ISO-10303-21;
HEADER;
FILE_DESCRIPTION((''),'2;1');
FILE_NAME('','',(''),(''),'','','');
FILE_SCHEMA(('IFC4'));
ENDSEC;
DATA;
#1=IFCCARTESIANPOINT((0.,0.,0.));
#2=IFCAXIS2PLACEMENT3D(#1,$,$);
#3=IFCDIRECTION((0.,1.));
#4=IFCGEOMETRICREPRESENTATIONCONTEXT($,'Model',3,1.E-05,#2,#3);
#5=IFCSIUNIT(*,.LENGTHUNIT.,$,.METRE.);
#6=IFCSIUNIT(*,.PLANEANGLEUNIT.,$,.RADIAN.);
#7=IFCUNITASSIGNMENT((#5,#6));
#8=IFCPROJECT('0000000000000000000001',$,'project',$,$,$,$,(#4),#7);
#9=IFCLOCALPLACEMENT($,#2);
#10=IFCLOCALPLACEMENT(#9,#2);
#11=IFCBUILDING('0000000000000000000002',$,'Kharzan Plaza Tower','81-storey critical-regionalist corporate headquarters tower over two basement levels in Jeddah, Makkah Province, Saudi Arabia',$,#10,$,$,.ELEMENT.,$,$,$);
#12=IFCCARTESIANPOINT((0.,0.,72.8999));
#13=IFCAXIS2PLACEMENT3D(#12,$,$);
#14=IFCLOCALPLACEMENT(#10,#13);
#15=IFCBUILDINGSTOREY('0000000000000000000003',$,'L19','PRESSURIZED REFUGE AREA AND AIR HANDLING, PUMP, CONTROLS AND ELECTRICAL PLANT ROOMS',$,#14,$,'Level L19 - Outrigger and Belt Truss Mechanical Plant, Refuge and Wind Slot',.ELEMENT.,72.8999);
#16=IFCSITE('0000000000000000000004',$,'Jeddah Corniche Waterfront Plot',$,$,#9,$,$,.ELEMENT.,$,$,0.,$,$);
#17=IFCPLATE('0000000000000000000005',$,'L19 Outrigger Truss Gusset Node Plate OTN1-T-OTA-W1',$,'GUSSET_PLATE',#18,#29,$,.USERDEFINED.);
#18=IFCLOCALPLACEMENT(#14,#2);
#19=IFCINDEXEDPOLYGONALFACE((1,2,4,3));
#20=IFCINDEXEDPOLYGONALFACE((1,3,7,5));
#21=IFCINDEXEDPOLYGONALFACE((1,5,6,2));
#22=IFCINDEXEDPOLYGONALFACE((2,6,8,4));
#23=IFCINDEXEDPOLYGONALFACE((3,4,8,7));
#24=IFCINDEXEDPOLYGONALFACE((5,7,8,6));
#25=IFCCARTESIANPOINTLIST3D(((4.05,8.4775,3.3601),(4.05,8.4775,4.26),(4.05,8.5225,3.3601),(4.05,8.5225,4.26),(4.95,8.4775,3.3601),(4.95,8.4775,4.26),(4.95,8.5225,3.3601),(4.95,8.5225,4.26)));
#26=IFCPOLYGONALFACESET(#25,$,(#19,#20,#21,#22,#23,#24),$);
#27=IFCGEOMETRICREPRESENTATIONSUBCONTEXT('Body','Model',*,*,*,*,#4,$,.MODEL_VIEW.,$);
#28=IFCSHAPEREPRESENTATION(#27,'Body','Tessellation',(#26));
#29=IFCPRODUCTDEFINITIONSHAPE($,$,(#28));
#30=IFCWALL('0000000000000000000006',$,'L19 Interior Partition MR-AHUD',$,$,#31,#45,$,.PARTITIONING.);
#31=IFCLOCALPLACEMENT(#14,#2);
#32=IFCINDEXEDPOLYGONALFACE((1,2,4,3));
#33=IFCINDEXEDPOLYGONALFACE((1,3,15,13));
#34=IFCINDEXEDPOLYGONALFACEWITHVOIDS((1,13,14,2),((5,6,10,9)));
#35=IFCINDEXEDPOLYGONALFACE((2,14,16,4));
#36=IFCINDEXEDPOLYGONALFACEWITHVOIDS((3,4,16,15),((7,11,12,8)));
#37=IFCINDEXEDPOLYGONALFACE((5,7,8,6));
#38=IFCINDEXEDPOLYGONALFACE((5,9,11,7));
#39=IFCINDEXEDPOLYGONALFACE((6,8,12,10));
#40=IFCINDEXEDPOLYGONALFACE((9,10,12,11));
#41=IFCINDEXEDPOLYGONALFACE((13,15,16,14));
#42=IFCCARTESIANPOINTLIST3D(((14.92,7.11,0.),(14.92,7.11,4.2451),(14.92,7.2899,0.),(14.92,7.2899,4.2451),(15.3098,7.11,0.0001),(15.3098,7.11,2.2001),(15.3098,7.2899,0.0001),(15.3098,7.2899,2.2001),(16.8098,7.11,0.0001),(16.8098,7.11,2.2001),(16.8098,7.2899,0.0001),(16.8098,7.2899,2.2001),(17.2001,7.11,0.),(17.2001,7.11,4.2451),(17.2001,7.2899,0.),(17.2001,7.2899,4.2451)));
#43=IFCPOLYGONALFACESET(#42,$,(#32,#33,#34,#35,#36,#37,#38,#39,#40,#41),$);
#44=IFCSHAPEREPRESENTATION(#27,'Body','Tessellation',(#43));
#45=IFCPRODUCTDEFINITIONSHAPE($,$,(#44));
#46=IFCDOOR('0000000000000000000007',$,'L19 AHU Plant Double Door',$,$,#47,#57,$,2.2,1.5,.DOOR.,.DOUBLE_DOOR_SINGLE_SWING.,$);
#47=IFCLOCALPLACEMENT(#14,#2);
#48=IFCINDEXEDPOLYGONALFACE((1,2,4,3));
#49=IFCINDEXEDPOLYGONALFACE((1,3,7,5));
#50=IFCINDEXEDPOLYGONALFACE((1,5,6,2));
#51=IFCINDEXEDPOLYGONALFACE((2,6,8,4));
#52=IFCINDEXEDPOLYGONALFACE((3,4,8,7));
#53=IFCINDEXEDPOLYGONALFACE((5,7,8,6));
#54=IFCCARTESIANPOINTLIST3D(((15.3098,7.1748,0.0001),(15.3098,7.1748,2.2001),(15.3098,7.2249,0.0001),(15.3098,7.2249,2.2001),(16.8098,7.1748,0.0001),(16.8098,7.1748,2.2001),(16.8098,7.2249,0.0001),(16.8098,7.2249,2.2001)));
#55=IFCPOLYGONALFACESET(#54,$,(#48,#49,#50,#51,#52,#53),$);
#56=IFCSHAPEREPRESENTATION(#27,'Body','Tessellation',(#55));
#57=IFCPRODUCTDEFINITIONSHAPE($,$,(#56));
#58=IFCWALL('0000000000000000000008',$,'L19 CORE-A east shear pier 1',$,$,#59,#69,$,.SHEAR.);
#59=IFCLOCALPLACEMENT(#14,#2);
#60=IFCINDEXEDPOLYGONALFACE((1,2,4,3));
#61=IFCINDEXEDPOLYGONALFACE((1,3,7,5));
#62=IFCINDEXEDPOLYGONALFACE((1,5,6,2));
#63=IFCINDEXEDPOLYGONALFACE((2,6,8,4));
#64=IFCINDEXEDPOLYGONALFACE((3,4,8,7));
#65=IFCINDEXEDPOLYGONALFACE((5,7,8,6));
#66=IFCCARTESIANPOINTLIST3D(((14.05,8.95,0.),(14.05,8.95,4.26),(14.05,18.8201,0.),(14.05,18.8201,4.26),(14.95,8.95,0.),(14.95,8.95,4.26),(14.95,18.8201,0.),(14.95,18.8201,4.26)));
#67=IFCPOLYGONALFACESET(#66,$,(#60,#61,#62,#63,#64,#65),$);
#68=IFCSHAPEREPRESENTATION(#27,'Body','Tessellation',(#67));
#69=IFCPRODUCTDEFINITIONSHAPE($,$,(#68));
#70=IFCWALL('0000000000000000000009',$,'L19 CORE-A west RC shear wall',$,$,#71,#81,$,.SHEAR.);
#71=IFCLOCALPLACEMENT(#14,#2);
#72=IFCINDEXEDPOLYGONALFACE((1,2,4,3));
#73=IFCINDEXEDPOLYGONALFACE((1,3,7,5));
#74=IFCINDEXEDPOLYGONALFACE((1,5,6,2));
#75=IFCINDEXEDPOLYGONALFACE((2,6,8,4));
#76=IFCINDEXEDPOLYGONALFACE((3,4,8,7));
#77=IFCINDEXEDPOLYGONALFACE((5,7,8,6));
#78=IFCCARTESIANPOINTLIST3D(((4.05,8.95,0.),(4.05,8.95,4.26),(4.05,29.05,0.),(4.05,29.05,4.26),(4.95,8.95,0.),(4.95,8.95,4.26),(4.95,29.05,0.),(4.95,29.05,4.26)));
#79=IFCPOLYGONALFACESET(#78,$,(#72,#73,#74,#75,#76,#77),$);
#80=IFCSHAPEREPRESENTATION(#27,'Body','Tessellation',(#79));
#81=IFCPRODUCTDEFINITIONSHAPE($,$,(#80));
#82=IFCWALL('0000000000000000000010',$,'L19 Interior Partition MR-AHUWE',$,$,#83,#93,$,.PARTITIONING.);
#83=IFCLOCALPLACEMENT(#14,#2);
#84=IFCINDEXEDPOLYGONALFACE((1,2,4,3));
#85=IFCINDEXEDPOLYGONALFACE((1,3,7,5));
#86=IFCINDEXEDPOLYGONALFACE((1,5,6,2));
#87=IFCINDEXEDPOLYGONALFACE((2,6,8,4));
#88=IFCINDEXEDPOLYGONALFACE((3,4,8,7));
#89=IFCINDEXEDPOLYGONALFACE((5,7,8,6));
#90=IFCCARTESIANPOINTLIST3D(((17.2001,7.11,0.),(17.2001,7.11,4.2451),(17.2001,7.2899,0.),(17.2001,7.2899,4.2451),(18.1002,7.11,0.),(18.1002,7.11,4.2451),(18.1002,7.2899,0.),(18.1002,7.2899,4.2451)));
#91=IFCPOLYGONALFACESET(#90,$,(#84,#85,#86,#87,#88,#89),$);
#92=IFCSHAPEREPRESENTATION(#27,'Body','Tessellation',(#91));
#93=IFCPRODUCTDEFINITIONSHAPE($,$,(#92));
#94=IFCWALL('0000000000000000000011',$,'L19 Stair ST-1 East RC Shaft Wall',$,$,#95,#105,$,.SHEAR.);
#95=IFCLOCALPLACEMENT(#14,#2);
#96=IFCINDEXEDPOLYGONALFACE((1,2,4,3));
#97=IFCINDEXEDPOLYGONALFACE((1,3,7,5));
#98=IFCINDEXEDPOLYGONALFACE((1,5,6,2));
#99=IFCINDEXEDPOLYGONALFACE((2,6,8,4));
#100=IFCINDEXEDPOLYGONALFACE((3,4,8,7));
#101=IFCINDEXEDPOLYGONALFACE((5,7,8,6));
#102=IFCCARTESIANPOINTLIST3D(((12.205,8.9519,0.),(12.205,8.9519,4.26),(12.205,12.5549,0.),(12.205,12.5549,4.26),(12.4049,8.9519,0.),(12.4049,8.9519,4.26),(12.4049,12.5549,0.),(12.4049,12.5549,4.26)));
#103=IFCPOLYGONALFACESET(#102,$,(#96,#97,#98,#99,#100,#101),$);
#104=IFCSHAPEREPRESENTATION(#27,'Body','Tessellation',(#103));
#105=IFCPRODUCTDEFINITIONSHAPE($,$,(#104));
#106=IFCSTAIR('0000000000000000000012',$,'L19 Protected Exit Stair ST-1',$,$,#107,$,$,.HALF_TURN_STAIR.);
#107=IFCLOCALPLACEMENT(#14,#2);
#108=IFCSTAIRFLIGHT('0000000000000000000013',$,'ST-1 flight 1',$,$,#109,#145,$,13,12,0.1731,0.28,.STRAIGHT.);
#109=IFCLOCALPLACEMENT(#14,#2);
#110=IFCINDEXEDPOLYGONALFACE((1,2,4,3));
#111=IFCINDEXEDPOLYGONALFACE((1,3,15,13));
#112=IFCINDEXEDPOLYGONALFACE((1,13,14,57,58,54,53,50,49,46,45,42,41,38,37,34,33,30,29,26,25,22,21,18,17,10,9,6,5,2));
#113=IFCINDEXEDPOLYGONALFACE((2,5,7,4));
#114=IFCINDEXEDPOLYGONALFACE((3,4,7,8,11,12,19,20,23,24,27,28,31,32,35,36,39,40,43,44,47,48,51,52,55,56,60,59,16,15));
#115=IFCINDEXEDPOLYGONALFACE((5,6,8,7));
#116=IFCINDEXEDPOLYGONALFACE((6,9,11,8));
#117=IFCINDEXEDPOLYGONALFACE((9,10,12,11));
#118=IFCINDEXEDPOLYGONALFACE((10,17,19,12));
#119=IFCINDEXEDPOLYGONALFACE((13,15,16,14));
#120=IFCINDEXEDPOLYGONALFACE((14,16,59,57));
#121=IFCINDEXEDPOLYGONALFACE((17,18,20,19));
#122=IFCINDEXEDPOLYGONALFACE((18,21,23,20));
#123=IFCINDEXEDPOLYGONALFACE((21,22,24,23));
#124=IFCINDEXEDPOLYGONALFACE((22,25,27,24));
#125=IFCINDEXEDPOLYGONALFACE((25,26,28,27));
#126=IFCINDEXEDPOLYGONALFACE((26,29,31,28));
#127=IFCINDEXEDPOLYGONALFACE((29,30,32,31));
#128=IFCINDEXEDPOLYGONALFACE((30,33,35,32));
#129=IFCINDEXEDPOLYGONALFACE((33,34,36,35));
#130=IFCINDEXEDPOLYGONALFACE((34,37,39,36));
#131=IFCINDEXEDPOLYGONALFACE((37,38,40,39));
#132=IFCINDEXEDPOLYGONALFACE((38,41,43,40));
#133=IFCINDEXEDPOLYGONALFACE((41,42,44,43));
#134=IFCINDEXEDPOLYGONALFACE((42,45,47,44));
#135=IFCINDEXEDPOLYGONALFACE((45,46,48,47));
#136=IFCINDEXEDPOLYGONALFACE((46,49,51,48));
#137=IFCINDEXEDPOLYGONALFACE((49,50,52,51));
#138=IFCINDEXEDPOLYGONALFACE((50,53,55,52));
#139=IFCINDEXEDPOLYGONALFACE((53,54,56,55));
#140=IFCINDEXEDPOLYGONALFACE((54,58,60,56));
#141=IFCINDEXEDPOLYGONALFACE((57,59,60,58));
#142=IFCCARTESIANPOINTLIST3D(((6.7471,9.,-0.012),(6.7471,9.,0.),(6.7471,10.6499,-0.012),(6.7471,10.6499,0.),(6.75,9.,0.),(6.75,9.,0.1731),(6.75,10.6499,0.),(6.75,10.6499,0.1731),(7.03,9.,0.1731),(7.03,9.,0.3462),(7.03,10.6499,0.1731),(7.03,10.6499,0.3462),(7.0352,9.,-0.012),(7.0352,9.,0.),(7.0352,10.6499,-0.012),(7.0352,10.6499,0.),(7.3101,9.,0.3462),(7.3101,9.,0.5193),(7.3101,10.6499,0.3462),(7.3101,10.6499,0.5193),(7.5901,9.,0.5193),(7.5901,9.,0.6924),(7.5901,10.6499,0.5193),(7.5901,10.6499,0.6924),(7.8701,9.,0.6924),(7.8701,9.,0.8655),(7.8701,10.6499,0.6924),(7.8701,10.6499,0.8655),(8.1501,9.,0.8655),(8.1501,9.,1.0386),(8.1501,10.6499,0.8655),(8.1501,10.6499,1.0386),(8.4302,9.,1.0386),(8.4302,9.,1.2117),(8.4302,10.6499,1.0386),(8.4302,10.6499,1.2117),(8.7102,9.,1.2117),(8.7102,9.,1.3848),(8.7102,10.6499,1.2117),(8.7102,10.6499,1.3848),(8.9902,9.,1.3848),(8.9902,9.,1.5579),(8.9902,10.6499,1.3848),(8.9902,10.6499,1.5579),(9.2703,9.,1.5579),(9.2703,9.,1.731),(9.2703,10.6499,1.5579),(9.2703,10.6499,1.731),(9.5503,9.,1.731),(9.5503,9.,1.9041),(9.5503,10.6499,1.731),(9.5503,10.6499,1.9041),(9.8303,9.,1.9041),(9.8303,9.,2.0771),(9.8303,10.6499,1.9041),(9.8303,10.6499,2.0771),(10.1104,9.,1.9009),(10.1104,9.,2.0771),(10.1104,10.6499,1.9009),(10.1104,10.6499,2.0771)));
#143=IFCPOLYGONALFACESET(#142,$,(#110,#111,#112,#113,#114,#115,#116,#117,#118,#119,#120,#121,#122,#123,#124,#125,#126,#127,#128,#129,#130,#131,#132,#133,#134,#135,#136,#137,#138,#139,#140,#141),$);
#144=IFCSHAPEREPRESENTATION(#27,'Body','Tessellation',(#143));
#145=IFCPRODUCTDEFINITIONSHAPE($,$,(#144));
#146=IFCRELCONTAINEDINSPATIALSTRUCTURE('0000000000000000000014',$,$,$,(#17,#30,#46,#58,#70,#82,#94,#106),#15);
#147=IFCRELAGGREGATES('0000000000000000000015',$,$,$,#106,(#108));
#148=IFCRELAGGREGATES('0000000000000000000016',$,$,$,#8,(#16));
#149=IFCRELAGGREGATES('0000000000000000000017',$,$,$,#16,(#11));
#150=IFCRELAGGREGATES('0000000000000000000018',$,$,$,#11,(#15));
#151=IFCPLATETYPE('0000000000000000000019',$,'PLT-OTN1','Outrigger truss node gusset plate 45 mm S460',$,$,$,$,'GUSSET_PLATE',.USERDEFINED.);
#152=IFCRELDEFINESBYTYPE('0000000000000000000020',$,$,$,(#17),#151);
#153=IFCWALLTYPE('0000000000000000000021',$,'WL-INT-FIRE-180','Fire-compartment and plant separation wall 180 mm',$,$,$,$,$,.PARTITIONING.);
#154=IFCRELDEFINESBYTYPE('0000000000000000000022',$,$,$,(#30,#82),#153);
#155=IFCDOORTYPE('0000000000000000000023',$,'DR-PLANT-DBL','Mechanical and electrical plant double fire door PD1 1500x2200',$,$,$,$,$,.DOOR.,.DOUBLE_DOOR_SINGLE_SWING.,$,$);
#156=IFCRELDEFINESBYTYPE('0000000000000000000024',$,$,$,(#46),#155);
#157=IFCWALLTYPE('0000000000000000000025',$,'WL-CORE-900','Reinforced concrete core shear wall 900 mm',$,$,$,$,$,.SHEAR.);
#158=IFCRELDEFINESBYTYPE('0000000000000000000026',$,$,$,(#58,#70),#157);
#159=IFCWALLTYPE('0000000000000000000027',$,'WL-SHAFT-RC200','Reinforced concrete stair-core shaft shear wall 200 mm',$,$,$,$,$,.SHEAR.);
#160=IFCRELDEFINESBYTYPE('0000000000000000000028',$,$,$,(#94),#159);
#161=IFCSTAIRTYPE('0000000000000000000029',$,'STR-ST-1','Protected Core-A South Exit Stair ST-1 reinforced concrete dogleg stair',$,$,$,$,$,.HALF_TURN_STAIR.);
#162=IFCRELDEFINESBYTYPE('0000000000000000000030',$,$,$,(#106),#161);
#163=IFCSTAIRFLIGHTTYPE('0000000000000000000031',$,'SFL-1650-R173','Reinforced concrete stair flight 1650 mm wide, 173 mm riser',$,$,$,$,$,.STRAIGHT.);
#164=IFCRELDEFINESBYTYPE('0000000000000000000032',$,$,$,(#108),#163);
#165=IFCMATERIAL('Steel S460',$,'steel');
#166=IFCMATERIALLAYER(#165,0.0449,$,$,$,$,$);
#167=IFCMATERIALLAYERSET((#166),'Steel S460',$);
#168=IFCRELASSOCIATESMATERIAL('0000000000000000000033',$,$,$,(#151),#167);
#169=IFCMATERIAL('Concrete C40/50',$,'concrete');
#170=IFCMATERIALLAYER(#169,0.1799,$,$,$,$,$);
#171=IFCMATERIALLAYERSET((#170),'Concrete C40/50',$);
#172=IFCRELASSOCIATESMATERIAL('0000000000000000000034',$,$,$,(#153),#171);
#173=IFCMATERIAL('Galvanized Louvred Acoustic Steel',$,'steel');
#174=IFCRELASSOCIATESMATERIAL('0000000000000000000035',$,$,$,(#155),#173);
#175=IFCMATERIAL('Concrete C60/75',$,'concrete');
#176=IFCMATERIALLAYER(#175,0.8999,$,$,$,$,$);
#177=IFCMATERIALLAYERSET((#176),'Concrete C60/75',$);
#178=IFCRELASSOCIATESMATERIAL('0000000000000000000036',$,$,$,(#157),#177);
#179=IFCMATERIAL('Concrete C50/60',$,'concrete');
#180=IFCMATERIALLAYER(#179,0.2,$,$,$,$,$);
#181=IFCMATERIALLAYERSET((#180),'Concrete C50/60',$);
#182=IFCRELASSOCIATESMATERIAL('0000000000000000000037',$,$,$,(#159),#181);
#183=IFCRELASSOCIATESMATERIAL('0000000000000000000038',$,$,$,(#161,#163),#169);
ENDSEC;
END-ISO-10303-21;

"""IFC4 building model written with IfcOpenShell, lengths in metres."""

from ifc_helpers import new_model, si_unit, direction, frame, frame_2d, origin, origin_2d, place, context, subcontext, project, spatial, polyline, rectangle, outline, extrude, source, transform, mapped, material, layer, layer_set, type_object, element, fill, aggregate, save


model = new_model("IFC4")

# Units and contexts
model_context = context("Model", 3, precision=1e-05, world=origin(), true_north=direction((0.0, 1.0)))
body_context = subcontext(model_context, "Body", "Model", "MODEL_VIEW")
ifc_project = project(units=[si_unit("LENGTHUNIT", "METRE"), si_unit("PLANEANGLEUNIT", "RADIAN")], contexts=[model_context])

# Site, building, storey
site_placement = place(None, origin())
site = spatial("IfcSite", under=ifc_project, at=site_placement, Name="Jeddah Corniche Waterfront Plot", CompositionType="ELEMENT", RefElevation=0.0)
building_placement = place(site_placement, origin())
building = spatial("IfcBuilding", under=site, at=building_placement, Name="Kharzan Plaza Tower", Description="81-storey critical-regionalist corporate headquarters tower over two basement levels in Jeddah, Makkah Province, Saudi Arabia", CompositionType="ELEMENT")
storey_placement = place(building_placement, frame((0.0, 0.0, 72.8999)))
storey = spatial("IfcBuildingStorey", under=building, at=storey_placement, Name="L19", Description="PRESSURIZED REFUGE AREA AND AIR HANDLING, PUMP, CONTROLS AND ELECTRICAL PLANT ROOMS", LongName="Level L19 - Outrigger and Belt Truss Mechanical Plant, Refuge and Wind Slot", CompositionType="ELEMENT", Elevation=72.8999)

# Shared definitions
ifc_material_1 = material(Name="Concrete C60/75", Category="concrete")

# Plate
ifc_material_2 = material(Name="Steel S460", Category="steel")
ifc_layer_1 = layer(ifc_material_2, 0.0449)
ifc_layer_set_1 = layer_set([ifc_layer_1], Name="Steel S460")
plate_type_1 = type_object("IfcPlateType", Name="PLT-OTN1", Description="Outrigger truss node gusset plate 45 mm S460", ElementType="GUSSET_PLATE", PredefinedType="USERDEFINED", material=ifc_layer_set_1)
shared_shape_1 = source(origin(), body_context, "Body", "SweptSolid", [
    extrude(rectangle(XDim=0.8999, YDim=0.0449, at=origin_2d()), origin(), (0.0, 0.0, 1.0), 0.8999),
])
for number, where, z_axis, x_axis, name in (
    (1, (4.5, 8.5, 3.3601), (0.0, 0.0, 1.0), (-1.0, 0.0, 0.0), "L19 Outrigger Truss Gusset Node Plate OTN1-T-OTA-W1"),
):
    element("IfcPlate", number, at=place(storey_placement, frame(where, z_axis=z_axis, x_axis=x_axis)), inside=storey, type_object=plate_type_1, Name=name, ObjectType="GUSSET_PLATE", PredefinedType="USERDEFINED", context=body_context, shape_type="MappedRepresentation", body=[
        mapped(shared_shape_1, transform((0.0, 0.0, 0.0), x_axis=(1.0, 0.0, 0.0), y_axis=(0.0, 1.0, 0.0), z_axis=(0.0, 0.0, 1.0))),
    ])

# Wall, opening, door
ifc_material_3 = material(Name="Concrete C40/50", Category="concrete")
ifc_layer_2 = layer(ifc_material_3, 0.1799)
ifc_layer_set_2 = layer_set([ifc_layer_2], Name="Concrete C40/50")
wall_type_1 = type_object("IfcWallType", Name="WL-INT-FIRE-180", Description="Fire-compartment and plant separation wall 180 mm", PredefinedType="PARTITIONING", material=ifc_layer_set_2)
wall_1_placement = place(storey_placement, frame((14.9199, 7.2, 0.0), z_axis=(0.0, 0.0, 1.0), x_axis=(1.0, 0.0, 0.0)))
wall_1 = element("IfcWall", 2, at=wall_1_placement, inside=storey, type_object=wall_type_1, Name="L19 Interior Partition MR-AHUD", PredefinedType="PARTITIONING", context=body_context, shape_type="SweptSolid", body=[
    extrude(rectangle(XDim=2.28, YDim=0.1799, at=frame_2d((1.1401, 0.0))), origin(), (0.0, 0.0, 1.0), 4.2451),
])
opening_placement = place(wall_1_placement, frame((0.3899, 0.0, 0.0)))
opening = element("IfcOpeningElement", 3, at=opening_placement, cuts=wall_1, PredefinedType="OPENING", context=body_context, shape_type="SweptSolid", body=[
    extrude(rectangle(XDim=1.5, YDim=2.2, at=frame_2d((0.75, 1.1001))), frame((0.0, 0.0999, 0.0), z_axis=(0.0, -1.0, 0.0), x_axis=(1.0, 0.0, 0.0)), (0.0, 0.0, 1.0), 0.2),
])
ifc_material_4 = material(Name="Galvanized Louvred Acoustic Steel", Category="steel")
door_type = type_object("IfcDoorType", Name="DR-PLANT-DBL", Description="Mechanical and electrical plant double fire door PD1 1500x2200", OperationType="DOUBLE_DOOR_SINGLE_SWING", PredefinedType="DOOR", material=ifc_material_4)
shared_shape_2 = source(origin(), body_context, "Body", "SweptSolid", [
    extrude(rectangle(XDim=1.5, YDim=2.2, at=frame_2d((0.75, 1.1001))), frame((0.0, 0.0249, 0.0), z_axis=(0.0, -1.0, 0.0), x_axis=(1.0, 0.0, 0.0)), (0.0, 0.0, 1.0), 0.05),
])
door_placement = place(opening_placement, origin())
door = element("IfcDoor", 4, at=door_placement, inside=storey, type_object=door_type, Name="L19 AHU Plant Double Door", OperationType="DOUBLE_DOOR_SINGLE_SWING", OverallHeight=2.2, OverallWidth=1.5, PredefinedType="DOOR", context=body_context, shape_type="MappedRepresentation", body=[
    mapped(shared_shape_2, transform((0.0, 0.0, 0.0), x_axis=(1.0, 0.0, 0.0), y_axis=(0.0, 1.0, 0.0), z_axis=(0.0, 0.0, 1.0))),
])
fill(opening, door)

# Walls
ifc_layer_3 = layer(ifc_material_1, 0.8999)
ifc_layer_set_3 = layer_set([ifc_layer_3], Name="Concrete C60/75")
wall_type_2 = type_object("IfcWallType", Name="WL-CORE-900", Description="Reinforced concrete core shear wall 900 mm", PredefinedType="SHEAR", material=ifc_layer_set_3)
shared_shape_3 = source(origin(), body_context, "Body", "SweptSolid", [
    extrude(rectangle(XDim=9.8701, YDim=0.8999, at=frame_2d((4.9351, 0.0))), origin(), (0.0, 0.0, 1.0), 4.26),
])
wall_2_placement = place(storey_placement, frame((14.5, 8.95, 0.0), z_axis=(0.0, 0.0, 1.0), x_axis=(0.0, 1.0, 0.0)))
element("IfcWall", 5, at=wall_2_placement, inside=storey, type_object=wall_type_2, Name="L19 CORE-A east shear pier 1", PredefinedType="SHEAR", context=body_context, shape_type="MappedRepresentation", body=[
    mapped(shared_shape_3, transform((0.0, 0.0, 0.0), x_axis=(1.0, 0.0, 0.0), y_axis=(0.0, 1.0, 0.0), z_axis=(0.0, 0.0, 1.0))),
])
shared_shape_4 = source(origin(), body_context, "Body", "SweptSolid", [
    extrude(rectangle(XDim=20.1001, YDim=0.8999, at=frame_2d((10.05, 0.0))), origin(), (0.0, 0.0, 1.0), 4.26),
])
wall_3_placement = place(storey_placement, frame((4.5, 8.95, 0.0), z_axis=(0.0, 0.0, 1.0), x_axis=(0.0, 1.0, 0.0)))
element("IfcWall", 6, at=wall_3_placement, inside=storey, type_object=wall_type_2, Name="L19 CORE-A west RC shear wall", PredefinedType="SHEAR", context=body_context, shape_type="MappedRepresentation", body=[
    mapped(shared_shape_4, transform((0.0, 0.0, 0.0), x_axis=(1.0, 0.0, 0.0), y_axis=(0.0, 1.0, 0.0), z_axis=(0.0, 0.0, 1.0))),
])
shared_shape_5 = source(origin(), body_context, "Body", "SweptSolid", [
    extrude(rectangle(XDim=0.9001, YDim=0.1799, at=frame_2d((0.4502, 0.0))), origin(), (0.0, 0.0, 1.0), 4.2451),
])
wall_4_placement = place(storey_placement, frame((17.2, 7.2, 0.0), z_axis=(0.0, 0.0, 1.0), x_axis=(1.0, 0.0, 0.0)))
element("IfcWall", 7, at=wall_4_placement, inside=storey, type_object=wall_type_1, Name="L19 Interior Partition MR-AHUWE", PredefinedType="PARTITIONING", context=body_context, shape_type="MappedRepresentation", body=[
    mapped(shared_shape_5, transform((0.0, 0.0, 0.0), x_axis=(1.0, 0.0, 0.0), y_axis=(0.0, 1.0, 0.0), z_axis=(0.0, 0.0, 1.0))),
])
ifc_material_5 = material(Name="Concrete C50/60", Category="concrete")
ifc_layer_4 = layer(ifc_material_5, 0.2)
ifc_layer_set_4 = layer_set([ifc_layer_4], Name="Concrete C50/60")
wall_type_3 = type_object("IfcWallType", Name="WL-SHAFT-RC200", Description="Reinforced concrete stair-core shaft shear wall 200 mm", PredefinedType="SHEAR", material=ifc_layer_set_4)
shared_shape_6 = source(origin(), body_context, "Body", "SweptSolid", [
    extrude(rectangle(XDim=3.603, YDim=0.2, at=frame_2d((1.8015, 0.0))), origin(), (0.0, 0.0, 1.0), 4.26),
])
wall_5_placement = place(storey_placement, frame((12.3049, 8.9519, 0.0), z_axis=(0.0, 0.0, 1.0), x_axis=(0.0, 1.0, 0.0)))
element("IfcWall", 8, at=wall_5_placement, inside=storey, type_object=wall_type_3, Name="L19 Stair ST-1 East RC Shaft Wall", PredefinedType="SHEAR", context=body_context, shape_type="MappedRepresentation", body=[
    mapped(shared_shape_6, transform((0.0, 0.0, 0.0), x_axis=(1.0, 0.0, 0.0), y_axis=(0.0, 1.0, 0.0), z_axis=(0.0, 0.0, 1.0))),
])

# Stair, stair flight
stair_type = type_object("IfcStairType", Name="STR-ST-1", Description="Protected Core-A South Exit Stair ST-1 reinforced concrete dogleg stair", PredefinedType="HALF_TURN_STAIR", material=ifc_material_3)
stair_placement = place(storey_placement, origin())
stair = element("IfcStair", 9, at=stair_placement, inside=storey, type_object=stair_type, Name="L19 Protected Exit Stair ST-1", PredefinedType="HALF_TURN_STAIR")
stair_flight_type = type_object("IfcStairFlightType", Name="SFL-1650-R173", Description="Reinforced concrete stair flight 1650 mm wide, 173 mm riser", PredefinedType="STRAIGHT", material=ifc_material_3)
shared_shape_7 = source(origin(), body_context, "Body", "SweptSolid", [
    extrude(outline(polyline([(-0.0029, -0.012), (-0.0029, 0.0), (0.0, 0.0), (0.0, 0.1731), (0.28, 0.1731), (0.28, 0.3462), (0.5601, 0.3462), (0.5601, 0.5193), (0.8401, 0.5193), (0.8401, 0.6924), (1.1201, 0.6924), (1.1201, 0.8655), (1.4001, 0.8655), (1.4001, 1.0386), (1.6802, 1.0386), (1.6802, 1.2117), (1.9602, 1.2117), (1.9602, 1.3848), (2.2402, 1.3848), (2.2402, 1.5579), (2.5203, 1.5579), (2.5203, 1.731), (2.8003, 1.731), (2.8003, 1.9041), (3.0803, 1.9041), (3.0803, 2.0771), (3.3604, 2.0771), (3.3604, 2.2502), (3.3604, 1.9009), (0.2852, 0.0), (0.2852, -0.012), (-0.0029, -0.012)])), frame((0.0, 0.825, 0.0), z_axis=(0.0, -1.0, 0.0), x_axis=(1.0, 0.0, 0.0)), (0.0, 0.0, 1.0), 1.6499),
])
stair_flight_placement = place(storey_placement, frame((6.75, 9.825, 0.0), z_axis=(0.0, 0.0, 1.0), x_axis=(1.0, 0.0, 0.0)))
stair_flight = element("IfcStairFlight", 10, at=stair_flight_placement, type_object=stair_flight_type, Name="ST-1 flight 1", NumberOfRisers=13, NumberOfTreads=12, PredefinedType="STRAIGHT", RiserHeight=0.1731, TreadLength=0.28, context=body_context, shape_type="MappedRepresentation", body=[
    mapped(shared_shape_7, transform((0.0, 0.0, 0.0), x_axis=(1.0, 0.0, 0.0), y_axis=(0.0, 1.0, 0.0), z_axis=(0.0, 0.0, 1.0))),
])
aggregate(stair, [stair_flight])

save(model, "model.ifc")
